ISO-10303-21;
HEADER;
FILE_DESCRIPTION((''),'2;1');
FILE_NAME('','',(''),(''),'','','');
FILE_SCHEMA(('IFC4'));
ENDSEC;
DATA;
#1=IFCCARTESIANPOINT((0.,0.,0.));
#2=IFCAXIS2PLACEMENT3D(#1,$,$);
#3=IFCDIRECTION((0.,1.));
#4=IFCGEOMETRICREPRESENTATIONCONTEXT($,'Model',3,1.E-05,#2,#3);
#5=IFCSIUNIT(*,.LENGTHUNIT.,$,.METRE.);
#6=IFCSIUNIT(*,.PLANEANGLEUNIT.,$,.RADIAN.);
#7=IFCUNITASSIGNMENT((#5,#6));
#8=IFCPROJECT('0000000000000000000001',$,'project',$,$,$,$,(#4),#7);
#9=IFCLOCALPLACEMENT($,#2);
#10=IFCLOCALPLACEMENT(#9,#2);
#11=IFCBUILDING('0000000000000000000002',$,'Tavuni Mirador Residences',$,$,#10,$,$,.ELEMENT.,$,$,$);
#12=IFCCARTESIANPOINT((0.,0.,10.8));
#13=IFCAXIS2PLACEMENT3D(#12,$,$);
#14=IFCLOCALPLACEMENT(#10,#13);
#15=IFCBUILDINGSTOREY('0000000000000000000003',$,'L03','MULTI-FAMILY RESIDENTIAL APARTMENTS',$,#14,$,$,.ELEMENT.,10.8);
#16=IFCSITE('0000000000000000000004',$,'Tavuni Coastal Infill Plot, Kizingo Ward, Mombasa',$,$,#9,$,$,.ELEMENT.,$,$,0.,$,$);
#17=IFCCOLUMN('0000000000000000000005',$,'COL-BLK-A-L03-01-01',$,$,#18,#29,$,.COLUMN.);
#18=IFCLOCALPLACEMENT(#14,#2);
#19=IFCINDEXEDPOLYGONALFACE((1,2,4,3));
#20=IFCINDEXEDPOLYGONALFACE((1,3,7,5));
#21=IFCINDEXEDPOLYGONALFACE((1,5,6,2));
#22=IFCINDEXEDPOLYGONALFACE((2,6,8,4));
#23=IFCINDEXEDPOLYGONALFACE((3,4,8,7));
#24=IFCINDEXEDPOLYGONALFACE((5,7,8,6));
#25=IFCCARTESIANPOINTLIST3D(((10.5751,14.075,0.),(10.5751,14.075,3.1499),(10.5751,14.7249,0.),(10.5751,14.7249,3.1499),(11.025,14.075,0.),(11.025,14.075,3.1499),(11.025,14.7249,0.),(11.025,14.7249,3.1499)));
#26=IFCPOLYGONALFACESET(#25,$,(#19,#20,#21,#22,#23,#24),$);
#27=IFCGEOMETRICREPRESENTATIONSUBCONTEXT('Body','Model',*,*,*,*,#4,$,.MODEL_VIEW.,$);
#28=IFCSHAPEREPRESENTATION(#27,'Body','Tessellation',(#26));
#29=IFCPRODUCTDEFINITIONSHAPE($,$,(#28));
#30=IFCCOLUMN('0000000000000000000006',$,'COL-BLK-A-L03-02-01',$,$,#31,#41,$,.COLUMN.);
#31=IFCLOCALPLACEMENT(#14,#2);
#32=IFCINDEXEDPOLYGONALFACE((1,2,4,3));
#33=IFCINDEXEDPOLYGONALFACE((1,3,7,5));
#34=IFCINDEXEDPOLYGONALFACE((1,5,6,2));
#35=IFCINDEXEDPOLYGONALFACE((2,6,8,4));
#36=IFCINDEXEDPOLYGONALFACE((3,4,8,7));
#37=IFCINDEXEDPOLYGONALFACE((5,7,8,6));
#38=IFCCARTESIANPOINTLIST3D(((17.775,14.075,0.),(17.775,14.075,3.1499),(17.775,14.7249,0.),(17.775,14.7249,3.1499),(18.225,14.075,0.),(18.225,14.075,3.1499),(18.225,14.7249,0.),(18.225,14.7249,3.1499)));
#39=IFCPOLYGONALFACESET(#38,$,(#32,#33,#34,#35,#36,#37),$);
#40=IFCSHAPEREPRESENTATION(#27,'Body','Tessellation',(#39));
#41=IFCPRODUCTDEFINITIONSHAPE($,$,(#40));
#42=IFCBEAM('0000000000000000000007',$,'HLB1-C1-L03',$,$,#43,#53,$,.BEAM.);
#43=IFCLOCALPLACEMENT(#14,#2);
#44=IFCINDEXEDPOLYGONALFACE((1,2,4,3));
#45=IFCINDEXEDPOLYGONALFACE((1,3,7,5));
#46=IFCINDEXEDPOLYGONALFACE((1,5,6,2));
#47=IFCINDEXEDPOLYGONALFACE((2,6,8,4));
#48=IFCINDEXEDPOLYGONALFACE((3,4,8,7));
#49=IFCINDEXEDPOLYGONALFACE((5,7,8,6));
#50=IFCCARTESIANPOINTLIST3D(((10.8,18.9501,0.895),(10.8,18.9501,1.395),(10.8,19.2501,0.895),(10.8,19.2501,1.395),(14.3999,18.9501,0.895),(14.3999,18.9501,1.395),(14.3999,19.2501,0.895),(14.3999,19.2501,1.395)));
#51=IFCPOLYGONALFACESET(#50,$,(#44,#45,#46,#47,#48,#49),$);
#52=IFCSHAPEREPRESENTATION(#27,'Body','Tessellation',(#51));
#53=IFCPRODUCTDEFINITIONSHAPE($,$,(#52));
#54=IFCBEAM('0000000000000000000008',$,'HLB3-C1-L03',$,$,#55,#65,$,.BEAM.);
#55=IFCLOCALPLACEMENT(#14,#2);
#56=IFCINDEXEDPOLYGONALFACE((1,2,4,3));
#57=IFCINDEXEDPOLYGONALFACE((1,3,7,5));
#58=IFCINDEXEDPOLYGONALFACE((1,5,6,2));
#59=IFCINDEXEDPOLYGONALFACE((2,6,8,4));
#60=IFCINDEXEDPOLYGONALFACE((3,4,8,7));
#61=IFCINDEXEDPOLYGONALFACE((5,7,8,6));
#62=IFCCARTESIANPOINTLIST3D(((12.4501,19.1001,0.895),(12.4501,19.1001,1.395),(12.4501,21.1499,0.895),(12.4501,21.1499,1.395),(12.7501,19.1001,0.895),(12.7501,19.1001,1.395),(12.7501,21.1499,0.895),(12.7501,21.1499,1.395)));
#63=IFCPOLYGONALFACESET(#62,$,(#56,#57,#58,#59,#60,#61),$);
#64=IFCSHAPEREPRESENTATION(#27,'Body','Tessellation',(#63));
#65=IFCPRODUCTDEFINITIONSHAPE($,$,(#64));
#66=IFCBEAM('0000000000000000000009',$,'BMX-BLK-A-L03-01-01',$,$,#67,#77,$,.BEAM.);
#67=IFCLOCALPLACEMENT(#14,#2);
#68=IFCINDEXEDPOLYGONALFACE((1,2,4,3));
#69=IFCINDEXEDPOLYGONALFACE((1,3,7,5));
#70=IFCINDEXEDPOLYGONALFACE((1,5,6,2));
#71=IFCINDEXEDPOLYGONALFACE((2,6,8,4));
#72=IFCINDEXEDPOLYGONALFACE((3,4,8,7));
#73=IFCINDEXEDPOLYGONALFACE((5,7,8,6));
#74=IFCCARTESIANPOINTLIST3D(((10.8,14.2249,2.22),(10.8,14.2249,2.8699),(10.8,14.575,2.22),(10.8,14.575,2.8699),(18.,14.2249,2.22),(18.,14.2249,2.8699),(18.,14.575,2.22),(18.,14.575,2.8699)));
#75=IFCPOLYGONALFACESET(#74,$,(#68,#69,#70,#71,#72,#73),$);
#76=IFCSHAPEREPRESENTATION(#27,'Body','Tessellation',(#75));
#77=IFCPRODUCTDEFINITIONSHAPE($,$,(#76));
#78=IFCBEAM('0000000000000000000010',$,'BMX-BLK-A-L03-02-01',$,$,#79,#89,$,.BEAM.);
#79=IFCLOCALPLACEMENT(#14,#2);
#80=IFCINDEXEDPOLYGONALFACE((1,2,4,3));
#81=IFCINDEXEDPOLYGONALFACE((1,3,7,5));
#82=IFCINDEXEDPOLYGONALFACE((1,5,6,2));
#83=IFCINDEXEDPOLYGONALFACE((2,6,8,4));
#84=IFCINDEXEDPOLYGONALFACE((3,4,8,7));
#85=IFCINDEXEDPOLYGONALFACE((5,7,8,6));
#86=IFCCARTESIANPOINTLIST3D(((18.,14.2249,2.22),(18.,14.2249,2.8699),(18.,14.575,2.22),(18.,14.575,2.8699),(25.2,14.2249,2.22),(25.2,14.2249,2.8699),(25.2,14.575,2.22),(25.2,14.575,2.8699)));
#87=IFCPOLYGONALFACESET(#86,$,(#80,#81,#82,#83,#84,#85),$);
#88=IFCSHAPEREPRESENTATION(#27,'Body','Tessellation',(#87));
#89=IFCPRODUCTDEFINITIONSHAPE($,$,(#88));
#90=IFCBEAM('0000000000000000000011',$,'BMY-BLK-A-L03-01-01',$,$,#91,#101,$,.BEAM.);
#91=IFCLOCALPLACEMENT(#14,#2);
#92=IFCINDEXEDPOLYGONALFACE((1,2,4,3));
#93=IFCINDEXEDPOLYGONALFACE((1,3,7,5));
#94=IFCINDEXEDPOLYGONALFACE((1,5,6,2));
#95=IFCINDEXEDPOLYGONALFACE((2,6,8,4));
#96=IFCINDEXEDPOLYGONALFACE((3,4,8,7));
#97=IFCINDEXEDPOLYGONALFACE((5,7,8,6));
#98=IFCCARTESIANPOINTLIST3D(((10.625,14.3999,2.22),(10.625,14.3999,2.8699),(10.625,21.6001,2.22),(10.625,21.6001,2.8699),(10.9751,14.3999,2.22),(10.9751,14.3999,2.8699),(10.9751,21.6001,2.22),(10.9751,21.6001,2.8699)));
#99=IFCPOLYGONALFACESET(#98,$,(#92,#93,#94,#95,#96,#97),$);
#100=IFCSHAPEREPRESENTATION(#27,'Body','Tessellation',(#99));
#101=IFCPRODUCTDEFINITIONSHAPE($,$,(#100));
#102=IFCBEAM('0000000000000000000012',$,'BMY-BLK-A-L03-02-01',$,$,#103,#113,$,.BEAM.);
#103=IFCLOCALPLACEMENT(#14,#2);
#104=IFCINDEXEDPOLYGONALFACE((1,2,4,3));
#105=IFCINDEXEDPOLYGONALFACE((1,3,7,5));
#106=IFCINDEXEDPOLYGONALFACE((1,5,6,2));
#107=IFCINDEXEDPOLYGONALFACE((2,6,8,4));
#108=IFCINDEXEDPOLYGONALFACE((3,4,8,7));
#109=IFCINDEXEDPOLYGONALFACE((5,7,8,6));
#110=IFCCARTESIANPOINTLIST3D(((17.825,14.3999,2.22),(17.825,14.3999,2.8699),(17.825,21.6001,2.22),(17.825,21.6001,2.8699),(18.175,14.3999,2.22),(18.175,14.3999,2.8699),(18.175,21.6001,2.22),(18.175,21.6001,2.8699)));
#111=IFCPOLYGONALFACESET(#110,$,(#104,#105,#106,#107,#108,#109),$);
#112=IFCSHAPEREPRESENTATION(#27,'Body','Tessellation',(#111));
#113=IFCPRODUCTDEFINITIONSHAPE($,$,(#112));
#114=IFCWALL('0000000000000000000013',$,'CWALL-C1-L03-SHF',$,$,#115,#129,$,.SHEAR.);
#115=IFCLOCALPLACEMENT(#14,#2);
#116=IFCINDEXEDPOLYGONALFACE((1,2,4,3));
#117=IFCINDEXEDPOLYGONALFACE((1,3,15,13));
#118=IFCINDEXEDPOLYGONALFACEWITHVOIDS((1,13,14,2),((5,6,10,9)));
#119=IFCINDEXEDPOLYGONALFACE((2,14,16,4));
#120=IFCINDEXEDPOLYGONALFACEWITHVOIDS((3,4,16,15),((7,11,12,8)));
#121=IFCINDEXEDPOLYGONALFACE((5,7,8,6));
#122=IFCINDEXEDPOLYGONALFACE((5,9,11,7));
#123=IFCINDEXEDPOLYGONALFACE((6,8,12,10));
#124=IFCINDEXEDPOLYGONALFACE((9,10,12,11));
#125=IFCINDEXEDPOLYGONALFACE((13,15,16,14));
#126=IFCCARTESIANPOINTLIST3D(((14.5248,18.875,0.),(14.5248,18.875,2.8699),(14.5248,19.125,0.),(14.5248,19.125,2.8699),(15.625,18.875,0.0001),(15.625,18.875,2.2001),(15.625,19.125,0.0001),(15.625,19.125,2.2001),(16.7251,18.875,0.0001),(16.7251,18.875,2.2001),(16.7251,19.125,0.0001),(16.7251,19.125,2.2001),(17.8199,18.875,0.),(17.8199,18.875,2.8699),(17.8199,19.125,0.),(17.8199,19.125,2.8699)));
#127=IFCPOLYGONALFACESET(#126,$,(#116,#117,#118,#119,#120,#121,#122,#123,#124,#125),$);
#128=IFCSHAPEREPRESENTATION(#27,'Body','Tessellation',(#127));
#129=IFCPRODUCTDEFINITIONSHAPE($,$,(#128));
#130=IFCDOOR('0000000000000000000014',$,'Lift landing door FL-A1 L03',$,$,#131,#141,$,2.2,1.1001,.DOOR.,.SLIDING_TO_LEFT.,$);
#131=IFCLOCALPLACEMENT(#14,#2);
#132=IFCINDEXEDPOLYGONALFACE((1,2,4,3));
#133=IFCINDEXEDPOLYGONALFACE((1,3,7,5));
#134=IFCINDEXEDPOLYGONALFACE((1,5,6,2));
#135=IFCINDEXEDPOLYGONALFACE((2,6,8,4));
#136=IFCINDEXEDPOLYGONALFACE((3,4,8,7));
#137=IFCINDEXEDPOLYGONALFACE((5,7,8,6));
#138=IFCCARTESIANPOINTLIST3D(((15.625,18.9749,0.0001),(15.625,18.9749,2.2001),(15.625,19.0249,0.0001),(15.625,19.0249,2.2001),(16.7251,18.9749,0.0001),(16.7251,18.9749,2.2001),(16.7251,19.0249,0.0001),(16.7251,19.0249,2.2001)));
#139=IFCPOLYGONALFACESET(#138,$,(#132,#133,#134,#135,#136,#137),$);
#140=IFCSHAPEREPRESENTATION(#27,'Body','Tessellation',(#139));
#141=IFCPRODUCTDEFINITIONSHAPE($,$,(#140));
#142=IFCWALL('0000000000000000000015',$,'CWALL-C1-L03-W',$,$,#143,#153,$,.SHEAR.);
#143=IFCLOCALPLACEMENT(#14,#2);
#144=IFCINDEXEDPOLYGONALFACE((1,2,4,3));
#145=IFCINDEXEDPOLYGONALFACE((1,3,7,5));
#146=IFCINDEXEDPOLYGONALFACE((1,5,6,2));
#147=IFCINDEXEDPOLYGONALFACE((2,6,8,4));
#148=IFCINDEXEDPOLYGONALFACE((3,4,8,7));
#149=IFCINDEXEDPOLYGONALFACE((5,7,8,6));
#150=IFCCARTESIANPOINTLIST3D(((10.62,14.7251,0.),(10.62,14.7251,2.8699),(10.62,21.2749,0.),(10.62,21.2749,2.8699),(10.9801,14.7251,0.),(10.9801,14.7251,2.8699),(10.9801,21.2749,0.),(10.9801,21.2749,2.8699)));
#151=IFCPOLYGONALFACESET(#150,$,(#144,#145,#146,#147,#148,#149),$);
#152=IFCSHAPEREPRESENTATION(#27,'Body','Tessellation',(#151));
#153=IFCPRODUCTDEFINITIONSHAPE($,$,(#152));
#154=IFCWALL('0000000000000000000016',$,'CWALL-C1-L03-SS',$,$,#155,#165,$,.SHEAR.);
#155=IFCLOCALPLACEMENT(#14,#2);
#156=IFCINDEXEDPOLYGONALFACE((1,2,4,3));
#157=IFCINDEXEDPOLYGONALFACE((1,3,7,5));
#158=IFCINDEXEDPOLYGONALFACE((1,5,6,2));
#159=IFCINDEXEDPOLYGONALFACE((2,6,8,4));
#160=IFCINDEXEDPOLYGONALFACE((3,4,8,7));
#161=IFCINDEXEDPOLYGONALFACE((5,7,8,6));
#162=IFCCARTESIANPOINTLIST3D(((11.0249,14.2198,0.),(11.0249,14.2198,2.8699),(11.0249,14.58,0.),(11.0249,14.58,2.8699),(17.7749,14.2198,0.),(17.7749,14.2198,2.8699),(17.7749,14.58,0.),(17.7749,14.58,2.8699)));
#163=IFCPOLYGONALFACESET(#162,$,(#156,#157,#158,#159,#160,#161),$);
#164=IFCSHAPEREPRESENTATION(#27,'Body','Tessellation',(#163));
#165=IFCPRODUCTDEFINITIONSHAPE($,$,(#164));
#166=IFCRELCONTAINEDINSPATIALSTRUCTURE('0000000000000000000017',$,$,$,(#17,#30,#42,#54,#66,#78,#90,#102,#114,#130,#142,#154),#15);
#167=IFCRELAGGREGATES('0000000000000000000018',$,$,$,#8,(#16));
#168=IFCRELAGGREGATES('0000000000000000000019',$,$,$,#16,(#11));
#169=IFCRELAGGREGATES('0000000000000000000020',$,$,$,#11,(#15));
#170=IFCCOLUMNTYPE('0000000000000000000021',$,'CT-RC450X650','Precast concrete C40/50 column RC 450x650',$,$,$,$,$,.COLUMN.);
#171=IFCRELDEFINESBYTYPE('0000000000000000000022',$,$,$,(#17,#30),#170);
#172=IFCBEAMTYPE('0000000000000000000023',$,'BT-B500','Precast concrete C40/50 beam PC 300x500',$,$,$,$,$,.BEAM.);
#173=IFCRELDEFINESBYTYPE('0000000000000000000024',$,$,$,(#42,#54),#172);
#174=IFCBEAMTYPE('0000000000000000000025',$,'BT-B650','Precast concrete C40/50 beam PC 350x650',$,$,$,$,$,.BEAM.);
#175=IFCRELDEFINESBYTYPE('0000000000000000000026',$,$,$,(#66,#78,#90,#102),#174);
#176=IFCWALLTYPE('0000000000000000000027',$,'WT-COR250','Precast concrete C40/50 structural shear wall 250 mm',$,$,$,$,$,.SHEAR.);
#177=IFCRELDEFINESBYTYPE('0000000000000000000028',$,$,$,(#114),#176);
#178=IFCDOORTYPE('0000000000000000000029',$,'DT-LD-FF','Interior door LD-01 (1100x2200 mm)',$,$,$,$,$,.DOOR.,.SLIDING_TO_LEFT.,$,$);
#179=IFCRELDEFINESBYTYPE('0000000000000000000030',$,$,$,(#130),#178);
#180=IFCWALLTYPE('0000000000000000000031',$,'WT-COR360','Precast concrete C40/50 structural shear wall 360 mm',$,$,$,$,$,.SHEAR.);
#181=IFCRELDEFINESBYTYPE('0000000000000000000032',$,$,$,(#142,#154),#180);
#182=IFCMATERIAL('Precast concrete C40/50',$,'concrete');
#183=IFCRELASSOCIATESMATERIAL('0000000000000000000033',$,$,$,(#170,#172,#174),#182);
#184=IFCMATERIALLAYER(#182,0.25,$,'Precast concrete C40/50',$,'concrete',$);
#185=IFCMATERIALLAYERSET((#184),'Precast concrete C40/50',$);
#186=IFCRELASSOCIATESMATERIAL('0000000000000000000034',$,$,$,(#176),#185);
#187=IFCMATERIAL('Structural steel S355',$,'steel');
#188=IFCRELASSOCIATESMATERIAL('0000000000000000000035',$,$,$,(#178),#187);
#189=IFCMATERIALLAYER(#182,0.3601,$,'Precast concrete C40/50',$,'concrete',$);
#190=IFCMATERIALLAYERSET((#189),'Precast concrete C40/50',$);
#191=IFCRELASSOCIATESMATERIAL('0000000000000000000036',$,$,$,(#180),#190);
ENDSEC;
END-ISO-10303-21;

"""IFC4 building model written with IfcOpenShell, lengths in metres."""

from ifc_helpers import new_model, si_unit, direction, frame, frame_2d, origin, origin_2d, place, context, subcontext, project, spatial, rectangle, extrude, material, layer, layer_set, material_profile, profile_set, type_object, element, fill, save


model = new_model("IFC4")

# Units and contexts
model_context = context("Model", 3, precision=1e-05, world=origin(), true_north=direction((0.0, 1.0)))
body_context = subcontext(model_context, "Body", "Model", "MODEL_VIEW")
ifc_project = project(units=[si_unit("LENGTHUNIT", "METRE"), si_unit("PLANEANGLEUNIT", "RADIAN")], contexts=[model_context])

# Site, building, storey
site_placement = place(None, origin())
site = spatial("IfcSite", under=ifc_project, at=site_placement, Name="Tavuni Coastal Infill Plot, Kizingo Ward, Mombasa", CompositionType="ELEMENT", RefElevation=0.0)
building_placement = place(site_placement, origin())
building = spatial("IfcBuilding", under=site, at=building_placement, Name="Tavuni Mirador Residences", CompositionType="ELEMENT")
storey_placement = place(building_placement, frame((0.0, 0.0, 10.8)))
storey = spatial("IfcBuildingStorey", under=building, at=storey_placement, Name="L03", Description="MULTI-FAMILY RESIDENTIAL APARTMENTS", CompositionType="ELEMENT", Elevation=10.8)

# Columns
ifc_material_1 = material(Name="Precast concrete C40/50", Category="concrete")
ifc_material_profile_1 = material_profile(ifc_material_1, rectangle(XDim=0.45, YDim=0.6499, at=origin_2d()), Name="RC 450x650", Category="concrete")
ifc_profile_set_1 = profile_set([ifc_material_profile_1], Name="Precast concrete C40/50")
column_type = type_object("IfcColumnType", Name="CT-RC450X650", Description="Precast concrete C40/50 column RC 450x650", PredefinedType="COLUMN", material=ifc_profile_set_1)
for number, where, z_axis, x_axis, name in (
    (1, (10.8, 14.3999, 0.0), (0.0, 0.0, 1.0), (1.0, 0.0, 0.0), "COL-BLK-A-L03-01-01"),
    (2, (18.0, 14.3999, 0.0), (0.0, 0.0, 1.0), (1.0, 0.0, 0.0), "COL-BLK-A-L03-02-01"),
):
    element("IfcColumn", number, at=place(storey_placement, frame(where, z_axis=z_axis, x_axis=x_axis)), inside=storey, type_object=column_type, Name=name, PredefinedType="COLUMN", context=body_context, shape_type="SweptSolid", body=[
        extrude(rectangle(XDim=0.45, YDim=0.6499, at=origin_2d()), origin(), (0.0, 0.0, 1.0), 3.1499),
    ])

# Beams
ifc_material_profile_2 = material_profile(ifc_material_1, rectangle(XDim=0.3, YDim=0.5, at=origin_2d()), Name="PC 300x500", Category="concrete")
ifc_profile_set_2 = profile_set([ifc_material_profile_2], Name="Precast concrete C40/50")
beam_type_1 = type_object("IfcBeamType", Name="BT-B500", Description="Precast concrete C40/50 beam PC 300x500", PredefinedType="BEAM", material=ifc_profile_set_2)
beam_1_placement = place(storey_placement, frame((10.8, 19.1001, 1.145), z_axis=(1.0, 0.0, 0.0), x_axis=(0.0, 1.0, 0.0)))
element("IfcBeam", 3, at=beam_1_placement, inside=storey, type_object=beam_type_1, Name="HLB1-C1-L03", PredefinedType="BEAM", context=body_context, shape_type="SweptSolid", body=[
    extrude(rectangle(XDim=0.3, YDim=0.5, at=origin_2d()), origin(), (0.0, 0.0, 1.0), 3.5999),
])
beam_2_placement = place(storey_placement, frame((12.6001, 19.1001, 1.145), z_axis=(0.0, 1.0, 0.0), x_axis=(-1.0, 0.0, 0.0)))
element("IfcBeam", 4, at=beam_2_placement, inside=storey, type_object=beam_type_1, Name="HLB3-C1-L03", PredefinedType="BEAM", context=body_context, shape_type="SweptSolid", body=[
    extrude(rectangle(XDim=0.3, YDim=0.5, at=origin_2d()), origin(), (0.0, 0.0, 1.0), 2.0498),
])
ifc_material_profile_3 = material_profile(ifc_material_1, rectangle(XDim=0.3501, YDim=0.6499, at=origin_2d()), Name="PC 350x650", Category="concrete")
ifc_profile_set_3 = profile_set([ifc_material_profile_3], Name="Precast concrete C40/50")
beam_type_2 = type_object("IfcBeamType", Name="BT-B650", Description="Precast concrete C40/50 beam PC 350x650", PredefinedType="BEAM", material=ifc_profile_set_3)
for number, where, z_axis, x_axis, name in (
    (5, (10.8, 14.3999, 2.5449), (1.0, 0.0, 0.0), (0.0, 1.0, 0.0), "BMX-BLK-A-L03-01-01"),
    (6, (18.0, 14.3999, 2.5449), (1.0, 0.0, 0.0), (0.0, 1.0, 0.0), "BMX-BLK-A-L03-02-01"),
):
    element("IfcBeam", number, at=place(storey_placement, frame(where, z_axis=z_axis, x_axis=x_axis)), inside=storey, type_object=beam_type_2, Name=name, PredefinedType="BEAM", context=body_context, shape_type="SweptSolid", body=[
        extrude(rectangle(XDim=0.3501, YDim=0.6499, at=origin_2d()), origin(), (0.0, 0.0, 1.0), 7.2),
    ])
for number, where, z_axis, x_axis, name in (
    (7, (10.8, 14.3999, 2.5449), (0.0, 1.0, 0.0), (-1.0, 0.0, 0.0), "BMY-BLK-A-L03-01-01"),
    (8, (18.0, 14.3999, 2.5449), (0.0, 1.0, 0.0), (-1.0, 0.0, 0.0), "BMY-BLK-A-L03-02-01"),
):
    element("IfcBeam", number, at=place(storey_placement, frame(where, z_axis=z_axis, x_axis=x_axis)), inside=storey, type_object=beam_type_2, Name=name, PredefinedType="BEAM", context=body_context, shape_type="SweptSolid", body=[
        extrude(rectangle(XDim=0.3501, YDim=0.6499, at=origin_2d()), origin(), (0.0, 0.0, 1.0), 7.2002),
    ])

# Wall, opening, door
ifc_layer_1 = layer(ifc_material_1, 0.25, Name="Precast concrete C40/50", Category="concrete")
ifc_layer_set_1 = layer_set([ifc_layer_1], Name="Precast concrete C40/50")
wall_type_1 = type_object("IfcWallType", Name="WT-COR250", Description="Precast concrete C40/50 structural shear wall 250 mm", PredefinedType="SHEAR", material=ifc_layer_set_1)
wall_1_placement = place(storey_placement, frame((14.5249, 19.0, 0.0), z_axis=(0.0, 0.0, 1.0), x_axis=(1.0, 0.0, 0.0)))
wall_1 = element("IfcWall", 9, at=wall_1_placement, inside=storey, type_object=wall_type_1, Name="CWALL-C1-L03-SHF", PredefinedType="SHEAR", context=body_context, shape_type="SweptSolid", body=[
    extrude(rectangle(XDim=3.2952, YDim=0.25, at=frame_2d((1.6475, 0.0))), origin(), (0.0, 0.0, 1.0), 2.8699),
])
opening_1_placement = place(wall_1_placement, frame((1.1001, 0.0, 0.0)))
opening_1 = element("IfcOpeningElement", 10, at=opening_1_placement, cuts=wall_1, PredefinedType="OPENING", context=body_context, shape_type="SweptSolid", body=[
    extrude(rectangle(XDim=1.1001, YDim=2.2, at=frame_2d((0.55, 1.1001))), frame((0.0, 0.135, 0.0), z_axis=(0.0, -1.0, 0.0), x_axis=(1.0, 0.0, 0.0)), (0.0, 0.0, 1.0), 0.27),
])
ifc_material_2 = material(Name="Structural steel S355", Category="steel")
door_type_1 = type_object("IfcDoorType", Name="DT-LD-FF", Description="Interior door LD-01 (1100x2200 mm)", OperationType="SLIDING_TO_LEFT", PredefinedType="DOOR", material=ifc_material_2)
door_1_placement = place(opening_1_placement, origin())
door_1 = element("IfcDoor", 11, at=door_1_placement, inside=storey, type_object=door_type_1, Name="Lift landing door FL-A1 L03", OperationType="SLIDING_TO_LEFT", OverallHeight=2.2, OverallWidth=1.1001, PredefinedType="DOOR", context=body_context, shape_type="SweptSolid", body=[
    extrude(rectangle(XDim=1.1001, YDim=2.2, at=frame_2d((0.55, 1.1001))), frame((0.0, 0.0249, 0.0), z_axis=(0.0, -1.0, 0.0), x_axis=(1.0, 0.0, 0.0)), (0.0, 0.0, 1.0), 0.05),
])
fill(opening_1, door_1)

# Wall
ifc_layer_2 = layer(ifc_material_1, 0.3601, Name="Precast concrete C40/50", Category="concrete")
ifc_layer_set_2 = layer_set([ifc_layer_2], Name="Precast concrete C40/50")
wall_type_2 = type_object("IfcWallType", Name="WT-COR360", Description="Precast concrete C40/50 structural shear wall 360 mm", PredefinedType="SHEAR", material=ifc_layer_set_2)
wall_2_placement = place(storey_placement, frame((10.8, 14.7251, 0.0), z_axis=(0.0, 0.0, 1.0), x_axis=(0.0, 1.0, 0.0)))
element("IfcWall", 12, at=wall_2_placement, inside=storey, type_object=wall_type_2, Name="CWALL-C1-L03-W", PredefinedType="SHEAR", context=body_context, shape_type="SweptSolid", body=[
    extrude(rectangle(XDim=6.5498, YDim=0.3601, at=frame_2d((3.2749, 0.0))), origin(), (0.0, 0.0, 1.0), 2.8699),
])

# Wall
wall_3_placement = place(storey_placement, frame((11.0249, 14.3999, 0.0), z_axis=(0.0, 0.0, 1.0), x_axis=(1.0, 0.0, 0.0)))
element("IfcWall", 13, at=wall_3_placement, inside=storey, type_object=wall_type_2, Name="CWALL-C1-L03-SS", PredefinedType="SHEAR", context=body_context, shape_type="SweptSolid", body=[
    extrude(rectangle(XDim=6.75, YDim=0.3601, at=frame_2d((3.375, 0.0))), origin(), (0.0, 0.0, 1.0), 2.8699),
])

save(model, "model.ifc")
